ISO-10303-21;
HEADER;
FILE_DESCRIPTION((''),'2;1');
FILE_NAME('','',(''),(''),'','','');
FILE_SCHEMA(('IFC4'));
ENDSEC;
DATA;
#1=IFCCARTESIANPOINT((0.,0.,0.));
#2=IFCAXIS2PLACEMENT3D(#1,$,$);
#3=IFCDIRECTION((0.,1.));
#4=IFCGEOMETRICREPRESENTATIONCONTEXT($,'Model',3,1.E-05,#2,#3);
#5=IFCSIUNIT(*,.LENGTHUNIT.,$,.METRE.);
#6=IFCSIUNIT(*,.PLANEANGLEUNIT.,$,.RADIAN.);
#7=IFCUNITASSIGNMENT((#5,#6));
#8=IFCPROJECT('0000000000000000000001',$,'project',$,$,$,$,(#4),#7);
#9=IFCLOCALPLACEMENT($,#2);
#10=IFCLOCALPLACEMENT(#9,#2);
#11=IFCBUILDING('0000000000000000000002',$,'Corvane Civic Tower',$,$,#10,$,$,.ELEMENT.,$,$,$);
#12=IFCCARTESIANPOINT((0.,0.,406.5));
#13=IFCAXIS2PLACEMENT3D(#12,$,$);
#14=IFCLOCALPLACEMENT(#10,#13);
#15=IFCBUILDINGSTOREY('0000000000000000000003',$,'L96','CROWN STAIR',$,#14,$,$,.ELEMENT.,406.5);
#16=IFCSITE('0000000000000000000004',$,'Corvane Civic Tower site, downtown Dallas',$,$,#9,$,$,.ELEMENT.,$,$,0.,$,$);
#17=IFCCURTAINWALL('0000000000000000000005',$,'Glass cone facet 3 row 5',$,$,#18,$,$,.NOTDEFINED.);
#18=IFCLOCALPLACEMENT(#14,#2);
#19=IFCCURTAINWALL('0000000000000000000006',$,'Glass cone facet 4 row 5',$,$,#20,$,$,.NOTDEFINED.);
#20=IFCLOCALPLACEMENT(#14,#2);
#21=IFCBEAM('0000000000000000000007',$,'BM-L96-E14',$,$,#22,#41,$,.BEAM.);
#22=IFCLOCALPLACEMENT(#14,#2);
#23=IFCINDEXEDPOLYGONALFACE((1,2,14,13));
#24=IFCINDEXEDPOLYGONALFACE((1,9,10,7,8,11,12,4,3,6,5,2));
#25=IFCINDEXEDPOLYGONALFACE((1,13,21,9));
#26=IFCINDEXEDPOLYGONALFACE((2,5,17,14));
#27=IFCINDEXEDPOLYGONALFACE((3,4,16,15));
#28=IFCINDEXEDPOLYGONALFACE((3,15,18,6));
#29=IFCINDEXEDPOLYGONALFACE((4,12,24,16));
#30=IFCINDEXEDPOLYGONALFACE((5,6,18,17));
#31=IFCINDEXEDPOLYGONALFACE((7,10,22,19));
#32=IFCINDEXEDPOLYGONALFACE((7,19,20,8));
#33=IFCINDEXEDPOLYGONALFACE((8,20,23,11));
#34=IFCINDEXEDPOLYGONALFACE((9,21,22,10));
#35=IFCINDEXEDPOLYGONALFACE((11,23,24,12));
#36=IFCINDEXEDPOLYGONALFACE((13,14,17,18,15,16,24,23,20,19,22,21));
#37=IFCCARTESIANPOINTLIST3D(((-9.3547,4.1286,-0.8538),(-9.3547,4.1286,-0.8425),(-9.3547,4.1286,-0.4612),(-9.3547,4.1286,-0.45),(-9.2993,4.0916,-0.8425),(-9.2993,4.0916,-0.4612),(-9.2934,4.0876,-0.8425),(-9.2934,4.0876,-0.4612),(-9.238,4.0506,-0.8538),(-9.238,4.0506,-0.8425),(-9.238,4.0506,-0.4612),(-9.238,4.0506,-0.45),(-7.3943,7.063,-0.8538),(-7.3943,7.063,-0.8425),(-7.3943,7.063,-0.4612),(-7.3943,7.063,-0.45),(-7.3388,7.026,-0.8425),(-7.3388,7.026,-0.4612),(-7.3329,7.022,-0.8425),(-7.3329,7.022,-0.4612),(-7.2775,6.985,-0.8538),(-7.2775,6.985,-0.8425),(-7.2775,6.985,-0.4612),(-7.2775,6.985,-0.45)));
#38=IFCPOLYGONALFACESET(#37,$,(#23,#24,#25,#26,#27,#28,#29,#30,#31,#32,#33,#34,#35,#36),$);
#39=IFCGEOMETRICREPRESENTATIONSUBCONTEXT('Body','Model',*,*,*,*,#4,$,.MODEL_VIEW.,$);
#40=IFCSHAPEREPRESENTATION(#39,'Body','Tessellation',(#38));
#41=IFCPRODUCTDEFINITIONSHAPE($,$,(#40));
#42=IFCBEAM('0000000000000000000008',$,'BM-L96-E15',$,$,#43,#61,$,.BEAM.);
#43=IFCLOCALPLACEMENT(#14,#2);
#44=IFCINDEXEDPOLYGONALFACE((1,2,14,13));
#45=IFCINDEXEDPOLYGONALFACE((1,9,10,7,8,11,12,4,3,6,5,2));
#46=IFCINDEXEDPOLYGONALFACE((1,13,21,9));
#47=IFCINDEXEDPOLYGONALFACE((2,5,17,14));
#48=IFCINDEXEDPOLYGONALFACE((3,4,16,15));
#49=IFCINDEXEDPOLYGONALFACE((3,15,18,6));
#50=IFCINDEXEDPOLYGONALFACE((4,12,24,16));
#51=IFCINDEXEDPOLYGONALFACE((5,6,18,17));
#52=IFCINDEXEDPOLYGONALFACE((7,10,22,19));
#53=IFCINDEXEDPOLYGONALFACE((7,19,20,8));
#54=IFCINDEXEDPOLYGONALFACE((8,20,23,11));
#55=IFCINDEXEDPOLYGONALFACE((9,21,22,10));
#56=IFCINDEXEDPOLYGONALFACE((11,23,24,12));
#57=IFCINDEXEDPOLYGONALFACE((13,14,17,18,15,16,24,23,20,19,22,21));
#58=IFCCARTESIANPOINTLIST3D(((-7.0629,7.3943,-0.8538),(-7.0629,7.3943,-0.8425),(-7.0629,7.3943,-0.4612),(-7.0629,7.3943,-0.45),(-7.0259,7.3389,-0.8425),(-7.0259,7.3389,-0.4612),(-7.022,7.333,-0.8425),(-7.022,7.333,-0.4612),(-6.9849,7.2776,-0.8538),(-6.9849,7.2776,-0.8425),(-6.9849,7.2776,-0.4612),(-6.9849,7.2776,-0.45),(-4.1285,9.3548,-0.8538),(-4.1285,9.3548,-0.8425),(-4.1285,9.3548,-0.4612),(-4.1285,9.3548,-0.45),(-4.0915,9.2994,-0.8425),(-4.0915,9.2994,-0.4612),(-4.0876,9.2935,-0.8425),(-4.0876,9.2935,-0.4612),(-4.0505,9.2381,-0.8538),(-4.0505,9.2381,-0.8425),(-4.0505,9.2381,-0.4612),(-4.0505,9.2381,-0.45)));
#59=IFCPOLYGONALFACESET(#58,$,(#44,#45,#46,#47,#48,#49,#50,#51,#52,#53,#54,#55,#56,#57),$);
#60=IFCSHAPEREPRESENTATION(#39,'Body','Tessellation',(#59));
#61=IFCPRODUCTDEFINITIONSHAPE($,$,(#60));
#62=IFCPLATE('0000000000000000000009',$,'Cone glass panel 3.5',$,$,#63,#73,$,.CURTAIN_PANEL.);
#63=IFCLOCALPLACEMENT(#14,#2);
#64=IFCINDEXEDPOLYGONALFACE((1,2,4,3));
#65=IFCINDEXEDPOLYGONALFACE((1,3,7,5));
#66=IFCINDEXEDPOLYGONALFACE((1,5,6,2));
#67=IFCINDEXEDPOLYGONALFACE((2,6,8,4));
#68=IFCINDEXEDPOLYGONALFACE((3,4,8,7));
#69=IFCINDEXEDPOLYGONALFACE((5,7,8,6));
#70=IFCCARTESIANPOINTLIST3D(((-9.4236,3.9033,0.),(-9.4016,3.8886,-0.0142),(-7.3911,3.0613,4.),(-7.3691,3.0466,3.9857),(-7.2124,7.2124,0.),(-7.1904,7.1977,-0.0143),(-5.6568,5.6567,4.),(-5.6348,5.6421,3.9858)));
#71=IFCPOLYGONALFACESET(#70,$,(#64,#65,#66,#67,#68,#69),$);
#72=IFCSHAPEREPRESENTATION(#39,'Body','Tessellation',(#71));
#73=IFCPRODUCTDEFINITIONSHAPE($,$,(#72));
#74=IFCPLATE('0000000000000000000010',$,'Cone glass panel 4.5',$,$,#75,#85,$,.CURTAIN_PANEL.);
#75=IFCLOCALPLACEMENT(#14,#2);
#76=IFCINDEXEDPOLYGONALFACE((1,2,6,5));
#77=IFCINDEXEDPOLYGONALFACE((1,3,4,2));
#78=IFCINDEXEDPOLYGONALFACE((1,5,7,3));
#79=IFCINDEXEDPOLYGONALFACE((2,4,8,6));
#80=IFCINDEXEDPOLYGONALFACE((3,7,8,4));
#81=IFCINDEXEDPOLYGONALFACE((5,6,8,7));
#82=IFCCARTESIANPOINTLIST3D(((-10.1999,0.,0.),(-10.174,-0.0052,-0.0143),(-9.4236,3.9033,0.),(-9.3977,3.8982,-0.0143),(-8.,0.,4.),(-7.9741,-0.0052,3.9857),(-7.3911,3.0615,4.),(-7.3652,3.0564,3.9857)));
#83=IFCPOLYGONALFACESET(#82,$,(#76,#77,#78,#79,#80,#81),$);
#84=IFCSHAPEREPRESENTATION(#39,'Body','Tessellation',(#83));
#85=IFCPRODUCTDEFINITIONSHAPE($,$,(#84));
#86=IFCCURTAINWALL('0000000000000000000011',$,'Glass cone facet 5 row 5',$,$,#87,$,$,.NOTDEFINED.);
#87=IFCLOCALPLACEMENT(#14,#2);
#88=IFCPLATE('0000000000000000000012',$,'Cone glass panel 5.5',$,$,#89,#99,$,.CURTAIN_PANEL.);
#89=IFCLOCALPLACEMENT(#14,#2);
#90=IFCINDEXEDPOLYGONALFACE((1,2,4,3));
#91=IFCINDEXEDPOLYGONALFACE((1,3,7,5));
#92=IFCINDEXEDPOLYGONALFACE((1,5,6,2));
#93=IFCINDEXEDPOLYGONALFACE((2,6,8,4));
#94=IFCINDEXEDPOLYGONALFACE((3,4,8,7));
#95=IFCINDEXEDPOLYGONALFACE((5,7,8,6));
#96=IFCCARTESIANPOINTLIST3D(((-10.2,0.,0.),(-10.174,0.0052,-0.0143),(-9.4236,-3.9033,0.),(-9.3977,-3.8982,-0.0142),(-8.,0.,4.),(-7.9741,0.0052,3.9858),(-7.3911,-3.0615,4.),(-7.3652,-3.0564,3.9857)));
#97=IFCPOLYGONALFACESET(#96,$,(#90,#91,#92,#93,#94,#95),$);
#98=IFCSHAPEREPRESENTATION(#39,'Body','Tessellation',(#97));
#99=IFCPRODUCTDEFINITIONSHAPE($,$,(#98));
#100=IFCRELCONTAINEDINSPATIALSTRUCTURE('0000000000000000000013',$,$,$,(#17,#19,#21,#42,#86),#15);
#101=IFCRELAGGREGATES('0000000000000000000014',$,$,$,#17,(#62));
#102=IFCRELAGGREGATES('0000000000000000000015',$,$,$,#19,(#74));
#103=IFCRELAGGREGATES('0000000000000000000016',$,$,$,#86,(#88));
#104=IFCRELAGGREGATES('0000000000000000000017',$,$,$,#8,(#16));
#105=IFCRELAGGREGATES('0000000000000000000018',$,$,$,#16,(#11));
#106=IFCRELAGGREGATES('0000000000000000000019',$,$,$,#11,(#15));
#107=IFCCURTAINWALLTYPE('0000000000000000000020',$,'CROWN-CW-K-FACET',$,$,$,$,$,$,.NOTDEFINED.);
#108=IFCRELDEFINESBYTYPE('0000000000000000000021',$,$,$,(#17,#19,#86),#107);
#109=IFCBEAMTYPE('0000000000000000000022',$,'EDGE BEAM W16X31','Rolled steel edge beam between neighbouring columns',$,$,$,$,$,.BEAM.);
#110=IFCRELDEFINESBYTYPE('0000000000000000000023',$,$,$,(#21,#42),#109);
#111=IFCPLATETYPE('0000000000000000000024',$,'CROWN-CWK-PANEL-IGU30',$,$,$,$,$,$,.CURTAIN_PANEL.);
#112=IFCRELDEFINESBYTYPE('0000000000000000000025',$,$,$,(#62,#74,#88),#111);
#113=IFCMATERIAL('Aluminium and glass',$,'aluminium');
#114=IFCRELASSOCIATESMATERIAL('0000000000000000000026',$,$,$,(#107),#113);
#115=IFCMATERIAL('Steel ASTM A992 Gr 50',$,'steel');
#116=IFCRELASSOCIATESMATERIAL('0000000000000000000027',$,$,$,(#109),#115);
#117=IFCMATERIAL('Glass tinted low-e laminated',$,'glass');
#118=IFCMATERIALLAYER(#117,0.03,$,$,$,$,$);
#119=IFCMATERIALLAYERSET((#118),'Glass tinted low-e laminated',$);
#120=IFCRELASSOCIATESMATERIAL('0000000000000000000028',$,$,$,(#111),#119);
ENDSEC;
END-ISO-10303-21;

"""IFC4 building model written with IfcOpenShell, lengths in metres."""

from ifc_helpers import new_model, si_unit, direction, frame, origin, origin_2d, place, context, subcontext, project, spatial, polyline, i_section, outline, extrude, material, layer, layer_set, material_profile, profile_set, type_object, element, aggregate, save


model = new_model("IFC4")

# Units and contexts
model_context = context("Model", 3, precision=1e-05, world=origin(), true_north=direction((0.0, 1.0)))
body_context = subcontext(model_context, "Body", "Model", "MODEL_VIEW")
ifc_project = project(units=[si_unit("LENGTHUNIT", "METRE"), si_unit("PLANEANGLEUNIT", "RADIAN")], contexts=[model_context])

# Site, building, storey
site_placement = place(None, origin())
site = spatial("IfcSite", under=ifc_project, at=site_placement, Name="Corvane Civic Tower site, downtown Dallas", CompositionType="ELEMENT", RefElevation=0.0)
building_placement = place(site_placement, origin())
building = spatial("IfcBuilding", under=site, at=building_placement, Name="Corvane Civic Tower", CompositionType="ELEMENT")
storey_placement = place(building_placement, frame((0.0, 0.0, 406.5)))
storey = spatial("IfcBuildingStorey", under=building, at=storey_placement, Name="L96", Description="CROWN STAIR", CompositionType="ELEMENT", Elevation=406.5)

# Curtain walls
ifc_material_1 = material(Name="Aluminium and glass", Category="aluminium")
curtain_wall_type = type_object("IfcCurtainWallType", Name="CROWN-CW-K-FACET", PredefinedType="NOTDEFINED", material=ifc_material_1)
curtain_wall_1_placement = place(storey_placement, origin())
curtain_wall_1 = element("IfcCurtainWall", 1, at=curtain_wall_1_placement, inside=storey, type_object=curtain_wall_type, Name="Glass cone facet 3 row 5", PredefinedType="NOTDEFINED")
curtain_wall_2_placement = place(storey_placement, origin())
curtain_wall_2 = element("IfcCurtainWall", 2, at=curtain_wall_2_placement, inside=storey, type_object=curtain_wall_type, Name="Glass cone facet 4 row 5", PredefinedType="NOTDEFINED")

# Beams
ifc_material_2 = material(Name="Steel ASTM A992 Gr 50", Category="steel")
ifc_material_profile_1 = material_profile(ifc_material_2, i_section(OverallWidth=0.1404, OverallDepth=0.4038, WebThickness=0.0071, FlangeThickness=0.0112, at=origin_2d()), Name="W16X31")
ifc_profile_set_1 = profile_set([ifc_material_profile_1], Name="Steel ASTM A992 Gr 50")
beam_type = type_object("IfcBeamType", Name="EDGE BEAM W16X31", Description="Rolled steel edge beam between neighbouring columns", PredefinedType="BEAM", material=ifc_profile_set_1)
for number, where, z_axis, x_axis, name in (
    (3, (-9.2964, 4.0896, -0.6519), (0.55553, 0.831496, 0.0), (-0.831496, 0.55553, 0.0), "BM-L96-E14"),
    (4, (-7.0239, 7.3359, -0.6519), (0.831496, 0.55553, 0.0), (-0.55553, 0.831496, 0.0), "BM-L96-E15"),
):
    element("IfcBeam", number, at=place(storey_placement, frame(where, z_axis=z_axis, x_axis=x_axis)), inside=storey, type_object=beam_type, Name=name, PredefinedType="BEAM", context=body_context, shape_type="SweptSolid", body=[
        extrude(i_section(OverallWidth=0.1404, OverallDepth=0.4038, WebThickness=0.0071, FlangeThickness=0.0112, at=origin_2d()), origin(), (0.0, 0.0, 1.0), 3.5291),
    ])

# Plates
ifc_material_3 = material(Name="Glass tinted low-e laminated", Category="glass")
ifc_layer = layer(ifc_material_3, 0.03)
ifc_layer_set = layer_set([ifc_layer], Name="Glass tinted low-e laminated")
plate_type = type_object("IfcPlateType", Name="CROWN-CWK-PANEL-IGU30", PredefinedType="CURTAIN_PANEL", material=ifc_layer_set)
plate_1_placement = place(storey_placement, frame((-7.2124, 7.2124, 0.0), z_axis=(-0.731771, 0.488987, 0.474767), x_axis=(-0.555595, -0.831453, 0.000002)))
plate_1 = element("IfcPlate", 5, at=plate_1_placement, type_object=plate_type, Name="Cone glass panel 3.5", PredefinedType="CURTAIN_PANEL", context=body_context, shape_type="SweptSolid", body=[
    extrude(outline(polyline([(0.0, 0.0), (3.9799, 0.0), (3.5508, 4.5449), (0.4292, 4.5449), (0.0, 0.0)])), origin(), (0.0, 0.0, -1.0), 0.03),
])
aggregate(curtain_wall_1, [plate_1])
plate_2_placement = place(storey_placement, frame((-9.4236, 3.9033, 0.0), z_axis=(-0.863212, 0.171686, 0.474751), x_axis=(-0.195073, -0.980789, -0.000003)))
plate_2 = element("IfcPlate", 6, at=plate_2_placement, type_object=plate_type, Name="Cone glass panel 4.5", PredefinedType="CURTAIN_PANEL", context=body_context, shape_type="SweptSolid", body=[
    extrude(outline(polyline([(0.0, 0.0), (3.9798, 0.0), (3.5506, 4.5448), (0.4291, 4.5448), (0.0, 0.0)])), origin(), (0.0, 0.0, -1.0), 0.03),
])
aggregate(curtain_wall_2, [plate_2])

# Curtain wall, plate
curtain_wall_3_placement = place(storey_placement, origin())
curtain_wall_3 = element("IfcCurtainWall", 7, at=curtain_wall_3_placement, inside=storey, type_object=curtain_wall_type, Name="Glass cone facet 5 row 5", PredefinedType="NOTDEFINED")
plate_3_placement = place(storey_placement, frame((-10.2, 0.0, 0.0), z_axis=(-0.863212, -0.171686, 0.474751), x_axis=(0.195073, -0.980789, 0.000003)))
plate_3 = element("IfcPlate", 8, at=plate_3_placement, type_object=plate_type, Name="Cone glass panel 5.5", PredefinedType="CURTAIN_PANEL", context=body_context, shape_type="SweptSolid", body=[
    extrude(outline(polyline([(0.0, 0.0), (3.9798, 0.0), (3.5506, 4.5448), (0.4292, 4.5448), (0.0, 0.0)])), origin(), (0.0, 0.0, -1.0), 0.03),
])
aggregate(curtain_wall_3, [plate_3])

save(model, "model.ifc")
